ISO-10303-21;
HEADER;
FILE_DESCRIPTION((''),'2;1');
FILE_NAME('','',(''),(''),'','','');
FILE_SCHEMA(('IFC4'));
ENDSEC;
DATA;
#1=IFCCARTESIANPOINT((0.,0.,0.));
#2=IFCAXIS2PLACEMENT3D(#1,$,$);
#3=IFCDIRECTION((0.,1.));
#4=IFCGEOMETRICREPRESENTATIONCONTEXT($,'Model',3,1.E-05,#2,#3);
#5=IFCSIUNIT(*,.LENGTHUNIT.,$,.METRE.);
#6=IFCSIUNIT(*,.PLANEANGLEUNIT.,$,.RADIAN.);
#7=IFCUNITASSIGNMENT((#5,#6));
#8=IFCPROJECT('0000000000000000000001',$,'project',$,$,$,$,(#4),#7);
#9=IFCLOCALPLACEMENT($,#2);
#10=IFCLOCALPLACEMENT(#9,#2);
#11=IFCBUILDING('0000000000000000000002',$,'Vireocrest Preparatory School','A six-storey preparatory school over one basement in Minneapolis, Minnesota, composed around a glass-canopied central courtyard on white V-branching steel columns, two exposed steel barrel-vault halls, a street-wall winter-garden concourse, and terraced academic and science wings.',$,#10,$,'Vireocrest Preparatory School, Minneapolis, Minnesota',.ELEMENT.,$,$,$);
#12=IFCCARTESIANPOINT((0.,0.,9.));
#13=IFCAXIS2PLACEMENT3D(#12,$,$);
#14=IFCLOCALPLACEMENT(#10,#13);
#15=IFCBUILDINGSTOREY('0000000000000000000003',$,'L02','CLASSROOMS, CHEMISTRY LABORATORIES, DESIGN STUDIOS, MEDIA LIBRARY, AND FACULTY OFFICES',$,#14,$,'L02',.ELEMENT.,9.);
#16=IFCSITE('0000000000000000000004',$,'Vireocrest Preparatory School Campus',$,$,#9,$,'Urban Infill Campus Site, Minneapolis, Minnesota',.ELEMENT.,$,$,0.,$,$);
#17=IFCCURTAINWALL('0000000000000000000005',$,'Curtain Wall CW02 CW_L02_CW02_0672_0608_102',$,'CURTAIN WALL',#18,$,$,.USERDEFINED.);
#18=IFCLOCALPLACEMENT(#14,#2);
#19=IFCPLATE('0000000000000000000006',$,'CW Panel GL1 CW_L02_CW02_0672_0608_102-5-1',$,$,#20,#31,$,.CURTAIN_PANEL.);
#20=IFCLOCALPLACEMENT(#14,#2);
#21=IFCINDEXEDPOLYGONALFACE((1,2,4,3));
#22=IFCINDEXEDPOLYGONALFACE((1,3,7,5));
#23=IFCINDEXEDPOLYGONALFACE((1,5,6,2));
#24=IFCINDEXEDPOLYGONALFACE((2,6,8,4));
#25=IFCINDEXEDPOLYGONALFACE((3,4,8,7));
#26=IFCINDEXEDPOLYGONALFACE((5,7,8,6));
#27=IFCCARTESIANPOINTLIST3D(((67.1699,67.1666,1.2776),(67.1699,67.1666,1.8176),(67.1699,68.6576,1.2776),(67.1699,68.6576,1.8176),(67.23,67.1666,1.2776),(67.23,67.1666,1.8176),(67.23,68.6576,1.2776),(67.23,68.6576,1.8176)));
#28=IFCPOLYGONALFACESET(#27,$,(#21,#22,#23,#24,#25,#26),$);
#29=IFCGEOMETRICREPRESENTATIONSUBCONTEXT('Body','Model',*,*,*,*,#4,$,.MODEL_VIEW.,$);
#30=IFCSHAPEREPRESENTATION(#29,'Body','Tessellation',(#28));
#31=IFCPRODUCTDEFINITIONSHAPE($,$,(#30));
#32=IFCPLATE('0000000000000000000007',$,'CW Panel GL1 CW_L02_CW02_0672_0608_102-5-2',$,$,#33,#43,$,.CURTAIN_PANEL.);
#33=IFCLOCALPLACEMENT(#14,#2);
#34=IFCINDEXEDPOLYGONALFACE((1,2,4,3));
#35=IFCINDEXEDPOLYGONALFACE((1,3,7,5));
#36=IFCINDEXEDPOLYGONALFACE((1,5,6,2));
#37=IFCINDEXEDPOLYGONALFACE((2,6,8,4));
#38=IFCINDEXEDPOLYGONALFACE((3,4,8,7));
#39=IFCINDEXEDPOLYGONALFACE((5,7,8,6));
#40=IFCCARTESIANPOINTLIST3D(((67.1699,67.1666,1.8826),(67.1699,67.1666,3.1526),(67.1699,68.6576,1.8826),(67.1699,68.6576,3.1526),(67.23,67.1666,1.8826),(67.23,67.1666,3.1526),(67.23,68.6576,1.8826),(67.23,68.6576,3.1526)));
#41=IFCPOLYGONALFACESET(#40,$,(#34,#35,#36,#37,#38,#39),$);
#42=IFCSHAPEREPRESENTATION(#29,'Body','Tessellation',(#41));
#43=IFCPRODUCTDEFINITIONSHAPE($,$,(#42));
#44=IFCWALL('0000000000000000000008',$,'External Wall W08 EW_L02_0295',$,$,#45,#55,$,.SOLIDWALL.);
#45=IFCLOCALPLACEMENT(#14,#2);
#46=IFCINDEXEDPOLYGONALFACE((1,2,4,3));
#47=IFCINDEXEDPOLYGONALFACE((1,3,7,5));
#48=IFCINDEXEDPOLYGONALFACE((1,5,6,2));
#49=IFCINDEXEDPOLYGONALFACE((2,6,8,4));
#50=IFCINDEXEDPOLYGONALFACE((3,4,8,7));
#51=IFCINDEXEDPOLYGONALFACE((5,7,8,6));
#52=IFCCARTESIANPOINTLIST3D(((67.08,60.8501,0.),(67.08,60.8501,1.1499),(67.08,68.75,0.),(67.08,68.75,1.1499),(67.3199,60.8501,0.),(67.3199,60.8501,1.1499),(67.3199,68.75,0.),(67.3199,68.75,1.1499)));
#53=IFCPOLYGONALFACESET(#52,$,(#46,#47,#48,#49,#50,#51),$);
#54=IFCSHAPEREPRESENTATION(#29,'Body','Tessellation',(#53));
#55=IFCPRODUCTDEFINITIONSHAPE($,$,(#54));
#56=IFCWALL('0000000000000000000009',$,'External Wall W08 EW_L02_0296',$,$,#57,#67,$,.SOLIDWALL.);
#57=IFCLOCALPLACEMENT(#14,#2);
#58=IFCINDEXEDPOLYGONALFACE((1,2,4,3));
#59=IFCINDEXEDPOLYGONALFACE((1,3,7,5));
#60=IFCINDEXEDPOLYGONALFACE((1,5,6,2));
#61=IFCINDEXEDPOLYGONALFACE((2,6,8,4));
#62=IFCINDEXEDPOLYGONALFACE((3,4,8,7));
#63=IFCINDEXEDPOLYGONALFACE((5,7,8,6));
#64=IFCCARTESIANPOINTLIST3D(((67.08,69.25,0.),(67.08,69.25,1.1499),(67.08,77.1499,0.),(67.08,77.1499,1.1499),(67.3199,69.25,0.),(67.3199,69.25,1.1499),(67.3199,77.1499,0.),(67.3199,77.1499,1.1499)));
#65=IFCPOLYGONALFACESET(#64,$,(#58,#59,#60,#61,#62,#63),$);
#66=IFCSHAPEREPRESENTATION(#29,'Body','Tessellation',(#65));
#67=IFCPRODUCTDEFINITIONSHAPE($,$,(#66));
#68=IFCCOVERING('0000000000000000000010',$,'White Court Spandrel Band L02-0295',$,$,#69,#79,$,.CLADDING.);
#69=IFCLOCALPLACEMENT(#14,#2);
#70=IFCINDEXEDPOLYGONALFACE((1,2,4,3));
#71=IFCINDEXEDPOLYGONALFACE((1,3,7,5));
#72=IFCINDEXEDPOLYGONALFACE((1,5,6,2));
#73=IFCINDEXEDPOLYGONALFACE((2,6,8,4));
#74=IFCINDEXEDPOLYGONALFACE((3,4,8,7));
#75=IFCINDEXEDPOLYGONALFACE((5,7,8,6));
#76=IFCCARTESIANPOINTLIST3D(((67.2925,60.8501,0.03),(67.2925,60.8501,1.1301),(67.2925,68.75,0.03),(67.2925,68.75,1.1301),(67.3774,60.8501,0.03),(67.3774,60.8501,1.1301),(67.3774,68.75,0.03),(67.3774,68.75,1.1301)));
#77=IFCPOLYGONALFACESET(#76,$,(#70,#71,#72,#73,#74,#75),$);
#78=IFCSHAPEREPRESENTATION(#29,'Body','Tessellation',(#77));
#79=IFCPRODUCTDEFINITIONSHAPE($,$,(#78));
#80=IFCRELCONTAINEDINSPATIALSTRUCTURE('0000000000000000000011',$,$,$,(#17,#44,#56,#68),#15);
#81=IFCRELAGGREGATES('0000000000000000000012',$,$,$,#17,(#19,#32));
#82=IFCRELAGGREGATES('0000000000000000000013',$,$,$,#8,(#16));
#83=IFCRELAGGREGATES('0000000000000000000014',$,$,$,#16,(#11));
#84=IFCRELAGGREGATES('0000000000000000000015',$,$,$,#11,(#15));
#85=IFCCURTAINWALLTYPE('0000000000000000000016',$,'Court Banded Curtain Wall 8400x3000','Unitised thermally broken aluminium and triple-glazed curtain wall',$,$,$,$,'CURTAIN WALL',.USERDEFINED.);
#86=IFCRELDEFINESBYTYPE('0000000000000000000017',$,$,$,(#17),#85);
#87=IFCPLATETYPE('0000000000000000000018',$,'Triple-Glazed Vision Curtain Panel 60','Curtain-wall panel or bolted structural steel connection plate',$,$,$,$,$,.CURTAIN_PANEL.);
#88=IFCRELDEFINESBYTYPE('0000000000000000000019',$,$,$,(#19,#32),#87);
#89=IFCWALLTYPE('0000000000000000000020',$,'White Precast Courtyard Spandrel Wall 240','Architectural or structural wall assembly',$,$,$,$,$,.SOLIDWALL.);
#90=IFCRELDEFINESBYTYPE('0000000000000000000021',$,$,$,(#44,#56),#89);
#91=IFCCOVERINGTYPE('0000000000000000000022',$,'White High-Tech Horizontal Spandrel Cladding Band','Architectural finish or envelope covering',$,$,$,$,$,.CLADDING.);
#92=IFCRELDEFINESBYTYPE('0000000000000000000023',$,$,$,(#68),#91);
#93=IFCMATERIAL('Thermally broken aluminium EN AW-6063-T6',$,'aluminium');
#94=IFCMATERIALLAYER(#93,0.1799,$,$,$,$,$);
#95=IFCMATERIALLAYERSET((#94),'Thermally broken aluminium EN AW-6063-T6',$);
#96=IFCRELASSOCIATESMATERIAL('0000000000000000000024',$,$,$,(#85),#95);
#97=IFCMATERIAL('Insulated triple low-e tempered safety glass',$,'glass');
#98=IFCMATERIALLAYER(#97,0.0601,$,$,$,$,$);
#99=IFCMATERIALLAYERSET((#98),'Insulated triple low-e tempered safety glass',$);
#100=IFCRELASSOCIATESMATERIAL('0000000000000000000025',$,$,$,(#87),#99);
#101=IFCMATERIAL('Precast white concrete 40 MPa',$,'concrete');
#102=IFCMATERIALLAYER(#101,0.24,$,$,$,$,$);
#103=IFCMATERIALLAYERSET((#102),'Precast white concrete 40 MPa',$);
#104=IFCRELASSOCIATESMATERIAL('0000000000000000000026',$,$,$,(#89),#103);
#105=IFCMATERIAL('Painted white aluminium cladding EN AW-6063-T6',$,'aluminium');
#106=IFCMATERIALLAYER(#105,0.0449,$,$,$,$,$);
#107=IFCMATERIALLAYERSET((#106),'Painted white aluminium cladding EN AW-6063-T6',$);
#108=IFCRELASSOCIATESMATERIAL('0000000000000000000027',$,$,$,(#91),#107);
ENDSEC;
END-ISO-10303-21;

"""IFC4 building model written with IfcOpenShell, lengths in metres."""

from ifc_helpers import new_model, si_unit, direction, frame, frame_2d, origin, origin_2d, place, context, subcontext, project, spatial, rectangle, extrude, material, layer, layer_set, type_object, element, aggregate, save


model = new_model("IFC4")

# Units and contexts
model_context = context("Model", 3, precision=1e-05, world=origin(), true_north=direction((0.0, 1.0)))
body_context = subcontext(model_context, "Body", "Model", "MODEL_VIEW")
ifc_project = project(units=[si_unit("LENGTHUNIT", "METRE"), si_unit("PLANEANGLEUNIT", "RADIAN")], contexts=[model_context])

# Site, building, storey
site_placement = place(None, origin())
site = spatial("IfcSite", under=ifc_project, at=site_placement, Name="Vireocrest Preparatory School Campus", LongName="Urban Infill Campus Site, Minneapolis, Minnesota", CompositionType="ELEMENT", RefElevation=0.0)
building_placement = place(site_placement, origin())
building = spatial("IfcBuilding", under=site, at=building_placement, Name="Vireocrest Preparatory School", Description="A six-storey preparatory school over one basement in Minneapolis, Minnesota, composed around a glass-canopied central courtyard on white V-branching steel columns, two exposed steel barrel-vault halls, a street-wall winter-garden concourse, and terraced academic and science wings.", LongName="Vireocrest Preparatory School, Minneapolis, Minnesota", CompositionType="ELEMENT")
storey_placement = place(building_placement, frame((0.0, 0.0, 9.0)))
storey = spatial("IfcBuildingStorey", under=building, at=storey_placement, Name="L02", Description="CLASSROOMS, CHEMISTRY LABORATORIES, DESIGN STUDIOS, MEDIA LIBRARY, AND FACULTY OFFICES", LongName="L02", CompositionType="ELEMENT", Elevation=9.0)

# Curtain wall
ifc_material_1 = material(Name="Thermally broken aluminium EN AW-6063-T6", Category="aluminium")
ifc_layer_1 = layer(ifc_material_1, 0.1799)
ifc_layer_set_1 = layer_set([ifc_layer_1], Name="Thermally broken aluminium EN AW-6063-T6")
curtain_wall_type = type_object("IfcCurtainWallType", Name="Court Banded Curtain Wall 8400x3000", Description="Unitised thermally broken aluminium and triple-glazed curtain wall", ElementType="CURTAIN WALL", PredefinedType="USERDEFINED", material=ifc_layer_set_1)
curtain_wall_1_placement = place(storey_placement, origin())
curtain_wall_1 = element("IfcCurtainWall", 1, at=curtain_wall_1_placement, inside=storey, type_object=curtain_wall_type, Name="Curtain Wall CW02 CW_L02_CW02_0672_0608_102", ObjectType="CURTAIN WALL", PredefinedType="USERDEFINED")

# Plates
ifc_material_2 = material(Name="Insulated triple low-e tempered safety glass", Category="glass")
ifc_layer_2 = layer(ifc_material_2, 0.0601)
ifc_layer_set_2 = layer_set([ifc_layer_2], Name="Insulated triple low-e tempered safety glass")
plate_type = type_object("IfcPlateType", Name="Triple-Glazed Vision Curtain Panel 60", Description="Curtain-wall panel or bolted structural steel connection plate", PredefinedType="CURTAIN_PANEL", material=ifc_layer_set_2)
plate_1_placement = place(storey_placement, frame((67.2, 67.9121, 1.2776), z_axis=(0.0, 0.0, 1.0), x_axis=(0.0, 1.0, 0.0)))
plate_1 = element("IfcPlate", 2, at=plate_1_placement, type_object=plate_type, Name="CW Panel GL1 CW_L02_CW02_0672_0608_102-5-1", PredefinedType="CURTAIN_PANEL", context=body_context, shape_type="SweptSolid", body=[
    extrude(rectangle(XDim=1.491, YDim=0.0601, at=origin_2d()), origin(), (0.0, 0.0, 1.0), 0.54),
])
plate_2_placement = place(storey_placement, frame((67.2, 67.9121, 1.8826), z_axis=(0.0, 0.0, 1.0), x_axis=(0.0, 1.0, 0.0)))
plate_2 = element("IfcPlate", 3, at=plate_2_placement, type_object=plate_type, Name="CW Panel GL1 CW_L02_CW02_0672_0608_102-5-2", PredefinedType="CURTAIN_PANEL", context=body_context, shape_type="SweptSolid", body=[
    extrude(rectangle(XDim=1.491, YDim=0.0601, at=origin_2d()), origin(), (0.0, 0.0, 1.0), 1.27),
])
aggregate(curtain_wall_1, [plate_1, plate_2])

# Walls
ifc_material_3 = material(Name="Precast white concrete 40 MPa", Category="concrete")
ifc_layer_3 = layer(ifc_material_3, 0.24)
ifc_layer_set_3 = layer_set([ifc_layer_3], Name="Precast white concrete 40 MPa")
wall_type = type_object("IfcWallType", Name="White Precast Courtyard Spandrel Wall 240", Description="Architectural or structural wall assembly", PredefinedType="SOLIDWALL", material=ifc_layer_set_3)
for number, where, z_axis, x_axis, name in (
    (4, (67.2, 60.8501, 0.0), (0.0, 0.0, 1.0), (0.0, 1.0, 0.0), "External Wall W08 EW_L02_0295"),
    (5, (67.2, 69.25, 0.0), (0.0, 0.0, 1.0), (0.0, 1.0, 0.0), "External Wall W08 EW_L02_0296"),
):
    element("IfcWall", number, at=place(storey_placement, frame(where, z_axis=z_axis, x_axis=x_axis)), inside=storey, type_object=wall_type, Name=name, PredefinedType="SOLIDWALL", context=body_context, shape_type="SweptSolid", body=[
        extrude(rectangle(XDim=7.8999, YDim=0.24, at=frame_2d((3.95, 0.0))), origin(), (0.0, 0.0, 1.0), 1.1499),
    ])

# Covering
ifc_material_4 = material(Name="Painted white aluminium cladding EN AW-6063-T6", Category="aluminium")
ifc_layer_4 = layer(ifc_material_4, 0.0449)
ifc_layer_set_4 = layer_set([ifc_layer_4], Name="Painted white aluminium cladding EN AW-6063-T6")
covering_type = type_object("IfcCoveringType", Name="White High-Tech Horizontal Spandrel Cladding Band", Description="Architectural finish or envelope covering", PredefinedType="CLADDING", material=ifc_layer_set_4)
covering_placement = place(storey_placement, frame((67.335, 64.8, 0.03), z_axis=(0.0, 0.0, 1.0), x_axis=(1.0, 0.0, 0.0)))
element("IfcCovering", 6, at=covering_placement, inside=storey, type_object=covering_type, Name="White Court Spandrel Band L02-0295", PredefinedType="CLADDING", context=body_context, shape_type="SweptSolid", body=[
    extrude(rectangle(XDim=0.085, YDim=7.8999, at=origin_2d()), origin(), (0.0, 0.0, 1.0), 1.1001),
])

save(model, "model.ifc")
